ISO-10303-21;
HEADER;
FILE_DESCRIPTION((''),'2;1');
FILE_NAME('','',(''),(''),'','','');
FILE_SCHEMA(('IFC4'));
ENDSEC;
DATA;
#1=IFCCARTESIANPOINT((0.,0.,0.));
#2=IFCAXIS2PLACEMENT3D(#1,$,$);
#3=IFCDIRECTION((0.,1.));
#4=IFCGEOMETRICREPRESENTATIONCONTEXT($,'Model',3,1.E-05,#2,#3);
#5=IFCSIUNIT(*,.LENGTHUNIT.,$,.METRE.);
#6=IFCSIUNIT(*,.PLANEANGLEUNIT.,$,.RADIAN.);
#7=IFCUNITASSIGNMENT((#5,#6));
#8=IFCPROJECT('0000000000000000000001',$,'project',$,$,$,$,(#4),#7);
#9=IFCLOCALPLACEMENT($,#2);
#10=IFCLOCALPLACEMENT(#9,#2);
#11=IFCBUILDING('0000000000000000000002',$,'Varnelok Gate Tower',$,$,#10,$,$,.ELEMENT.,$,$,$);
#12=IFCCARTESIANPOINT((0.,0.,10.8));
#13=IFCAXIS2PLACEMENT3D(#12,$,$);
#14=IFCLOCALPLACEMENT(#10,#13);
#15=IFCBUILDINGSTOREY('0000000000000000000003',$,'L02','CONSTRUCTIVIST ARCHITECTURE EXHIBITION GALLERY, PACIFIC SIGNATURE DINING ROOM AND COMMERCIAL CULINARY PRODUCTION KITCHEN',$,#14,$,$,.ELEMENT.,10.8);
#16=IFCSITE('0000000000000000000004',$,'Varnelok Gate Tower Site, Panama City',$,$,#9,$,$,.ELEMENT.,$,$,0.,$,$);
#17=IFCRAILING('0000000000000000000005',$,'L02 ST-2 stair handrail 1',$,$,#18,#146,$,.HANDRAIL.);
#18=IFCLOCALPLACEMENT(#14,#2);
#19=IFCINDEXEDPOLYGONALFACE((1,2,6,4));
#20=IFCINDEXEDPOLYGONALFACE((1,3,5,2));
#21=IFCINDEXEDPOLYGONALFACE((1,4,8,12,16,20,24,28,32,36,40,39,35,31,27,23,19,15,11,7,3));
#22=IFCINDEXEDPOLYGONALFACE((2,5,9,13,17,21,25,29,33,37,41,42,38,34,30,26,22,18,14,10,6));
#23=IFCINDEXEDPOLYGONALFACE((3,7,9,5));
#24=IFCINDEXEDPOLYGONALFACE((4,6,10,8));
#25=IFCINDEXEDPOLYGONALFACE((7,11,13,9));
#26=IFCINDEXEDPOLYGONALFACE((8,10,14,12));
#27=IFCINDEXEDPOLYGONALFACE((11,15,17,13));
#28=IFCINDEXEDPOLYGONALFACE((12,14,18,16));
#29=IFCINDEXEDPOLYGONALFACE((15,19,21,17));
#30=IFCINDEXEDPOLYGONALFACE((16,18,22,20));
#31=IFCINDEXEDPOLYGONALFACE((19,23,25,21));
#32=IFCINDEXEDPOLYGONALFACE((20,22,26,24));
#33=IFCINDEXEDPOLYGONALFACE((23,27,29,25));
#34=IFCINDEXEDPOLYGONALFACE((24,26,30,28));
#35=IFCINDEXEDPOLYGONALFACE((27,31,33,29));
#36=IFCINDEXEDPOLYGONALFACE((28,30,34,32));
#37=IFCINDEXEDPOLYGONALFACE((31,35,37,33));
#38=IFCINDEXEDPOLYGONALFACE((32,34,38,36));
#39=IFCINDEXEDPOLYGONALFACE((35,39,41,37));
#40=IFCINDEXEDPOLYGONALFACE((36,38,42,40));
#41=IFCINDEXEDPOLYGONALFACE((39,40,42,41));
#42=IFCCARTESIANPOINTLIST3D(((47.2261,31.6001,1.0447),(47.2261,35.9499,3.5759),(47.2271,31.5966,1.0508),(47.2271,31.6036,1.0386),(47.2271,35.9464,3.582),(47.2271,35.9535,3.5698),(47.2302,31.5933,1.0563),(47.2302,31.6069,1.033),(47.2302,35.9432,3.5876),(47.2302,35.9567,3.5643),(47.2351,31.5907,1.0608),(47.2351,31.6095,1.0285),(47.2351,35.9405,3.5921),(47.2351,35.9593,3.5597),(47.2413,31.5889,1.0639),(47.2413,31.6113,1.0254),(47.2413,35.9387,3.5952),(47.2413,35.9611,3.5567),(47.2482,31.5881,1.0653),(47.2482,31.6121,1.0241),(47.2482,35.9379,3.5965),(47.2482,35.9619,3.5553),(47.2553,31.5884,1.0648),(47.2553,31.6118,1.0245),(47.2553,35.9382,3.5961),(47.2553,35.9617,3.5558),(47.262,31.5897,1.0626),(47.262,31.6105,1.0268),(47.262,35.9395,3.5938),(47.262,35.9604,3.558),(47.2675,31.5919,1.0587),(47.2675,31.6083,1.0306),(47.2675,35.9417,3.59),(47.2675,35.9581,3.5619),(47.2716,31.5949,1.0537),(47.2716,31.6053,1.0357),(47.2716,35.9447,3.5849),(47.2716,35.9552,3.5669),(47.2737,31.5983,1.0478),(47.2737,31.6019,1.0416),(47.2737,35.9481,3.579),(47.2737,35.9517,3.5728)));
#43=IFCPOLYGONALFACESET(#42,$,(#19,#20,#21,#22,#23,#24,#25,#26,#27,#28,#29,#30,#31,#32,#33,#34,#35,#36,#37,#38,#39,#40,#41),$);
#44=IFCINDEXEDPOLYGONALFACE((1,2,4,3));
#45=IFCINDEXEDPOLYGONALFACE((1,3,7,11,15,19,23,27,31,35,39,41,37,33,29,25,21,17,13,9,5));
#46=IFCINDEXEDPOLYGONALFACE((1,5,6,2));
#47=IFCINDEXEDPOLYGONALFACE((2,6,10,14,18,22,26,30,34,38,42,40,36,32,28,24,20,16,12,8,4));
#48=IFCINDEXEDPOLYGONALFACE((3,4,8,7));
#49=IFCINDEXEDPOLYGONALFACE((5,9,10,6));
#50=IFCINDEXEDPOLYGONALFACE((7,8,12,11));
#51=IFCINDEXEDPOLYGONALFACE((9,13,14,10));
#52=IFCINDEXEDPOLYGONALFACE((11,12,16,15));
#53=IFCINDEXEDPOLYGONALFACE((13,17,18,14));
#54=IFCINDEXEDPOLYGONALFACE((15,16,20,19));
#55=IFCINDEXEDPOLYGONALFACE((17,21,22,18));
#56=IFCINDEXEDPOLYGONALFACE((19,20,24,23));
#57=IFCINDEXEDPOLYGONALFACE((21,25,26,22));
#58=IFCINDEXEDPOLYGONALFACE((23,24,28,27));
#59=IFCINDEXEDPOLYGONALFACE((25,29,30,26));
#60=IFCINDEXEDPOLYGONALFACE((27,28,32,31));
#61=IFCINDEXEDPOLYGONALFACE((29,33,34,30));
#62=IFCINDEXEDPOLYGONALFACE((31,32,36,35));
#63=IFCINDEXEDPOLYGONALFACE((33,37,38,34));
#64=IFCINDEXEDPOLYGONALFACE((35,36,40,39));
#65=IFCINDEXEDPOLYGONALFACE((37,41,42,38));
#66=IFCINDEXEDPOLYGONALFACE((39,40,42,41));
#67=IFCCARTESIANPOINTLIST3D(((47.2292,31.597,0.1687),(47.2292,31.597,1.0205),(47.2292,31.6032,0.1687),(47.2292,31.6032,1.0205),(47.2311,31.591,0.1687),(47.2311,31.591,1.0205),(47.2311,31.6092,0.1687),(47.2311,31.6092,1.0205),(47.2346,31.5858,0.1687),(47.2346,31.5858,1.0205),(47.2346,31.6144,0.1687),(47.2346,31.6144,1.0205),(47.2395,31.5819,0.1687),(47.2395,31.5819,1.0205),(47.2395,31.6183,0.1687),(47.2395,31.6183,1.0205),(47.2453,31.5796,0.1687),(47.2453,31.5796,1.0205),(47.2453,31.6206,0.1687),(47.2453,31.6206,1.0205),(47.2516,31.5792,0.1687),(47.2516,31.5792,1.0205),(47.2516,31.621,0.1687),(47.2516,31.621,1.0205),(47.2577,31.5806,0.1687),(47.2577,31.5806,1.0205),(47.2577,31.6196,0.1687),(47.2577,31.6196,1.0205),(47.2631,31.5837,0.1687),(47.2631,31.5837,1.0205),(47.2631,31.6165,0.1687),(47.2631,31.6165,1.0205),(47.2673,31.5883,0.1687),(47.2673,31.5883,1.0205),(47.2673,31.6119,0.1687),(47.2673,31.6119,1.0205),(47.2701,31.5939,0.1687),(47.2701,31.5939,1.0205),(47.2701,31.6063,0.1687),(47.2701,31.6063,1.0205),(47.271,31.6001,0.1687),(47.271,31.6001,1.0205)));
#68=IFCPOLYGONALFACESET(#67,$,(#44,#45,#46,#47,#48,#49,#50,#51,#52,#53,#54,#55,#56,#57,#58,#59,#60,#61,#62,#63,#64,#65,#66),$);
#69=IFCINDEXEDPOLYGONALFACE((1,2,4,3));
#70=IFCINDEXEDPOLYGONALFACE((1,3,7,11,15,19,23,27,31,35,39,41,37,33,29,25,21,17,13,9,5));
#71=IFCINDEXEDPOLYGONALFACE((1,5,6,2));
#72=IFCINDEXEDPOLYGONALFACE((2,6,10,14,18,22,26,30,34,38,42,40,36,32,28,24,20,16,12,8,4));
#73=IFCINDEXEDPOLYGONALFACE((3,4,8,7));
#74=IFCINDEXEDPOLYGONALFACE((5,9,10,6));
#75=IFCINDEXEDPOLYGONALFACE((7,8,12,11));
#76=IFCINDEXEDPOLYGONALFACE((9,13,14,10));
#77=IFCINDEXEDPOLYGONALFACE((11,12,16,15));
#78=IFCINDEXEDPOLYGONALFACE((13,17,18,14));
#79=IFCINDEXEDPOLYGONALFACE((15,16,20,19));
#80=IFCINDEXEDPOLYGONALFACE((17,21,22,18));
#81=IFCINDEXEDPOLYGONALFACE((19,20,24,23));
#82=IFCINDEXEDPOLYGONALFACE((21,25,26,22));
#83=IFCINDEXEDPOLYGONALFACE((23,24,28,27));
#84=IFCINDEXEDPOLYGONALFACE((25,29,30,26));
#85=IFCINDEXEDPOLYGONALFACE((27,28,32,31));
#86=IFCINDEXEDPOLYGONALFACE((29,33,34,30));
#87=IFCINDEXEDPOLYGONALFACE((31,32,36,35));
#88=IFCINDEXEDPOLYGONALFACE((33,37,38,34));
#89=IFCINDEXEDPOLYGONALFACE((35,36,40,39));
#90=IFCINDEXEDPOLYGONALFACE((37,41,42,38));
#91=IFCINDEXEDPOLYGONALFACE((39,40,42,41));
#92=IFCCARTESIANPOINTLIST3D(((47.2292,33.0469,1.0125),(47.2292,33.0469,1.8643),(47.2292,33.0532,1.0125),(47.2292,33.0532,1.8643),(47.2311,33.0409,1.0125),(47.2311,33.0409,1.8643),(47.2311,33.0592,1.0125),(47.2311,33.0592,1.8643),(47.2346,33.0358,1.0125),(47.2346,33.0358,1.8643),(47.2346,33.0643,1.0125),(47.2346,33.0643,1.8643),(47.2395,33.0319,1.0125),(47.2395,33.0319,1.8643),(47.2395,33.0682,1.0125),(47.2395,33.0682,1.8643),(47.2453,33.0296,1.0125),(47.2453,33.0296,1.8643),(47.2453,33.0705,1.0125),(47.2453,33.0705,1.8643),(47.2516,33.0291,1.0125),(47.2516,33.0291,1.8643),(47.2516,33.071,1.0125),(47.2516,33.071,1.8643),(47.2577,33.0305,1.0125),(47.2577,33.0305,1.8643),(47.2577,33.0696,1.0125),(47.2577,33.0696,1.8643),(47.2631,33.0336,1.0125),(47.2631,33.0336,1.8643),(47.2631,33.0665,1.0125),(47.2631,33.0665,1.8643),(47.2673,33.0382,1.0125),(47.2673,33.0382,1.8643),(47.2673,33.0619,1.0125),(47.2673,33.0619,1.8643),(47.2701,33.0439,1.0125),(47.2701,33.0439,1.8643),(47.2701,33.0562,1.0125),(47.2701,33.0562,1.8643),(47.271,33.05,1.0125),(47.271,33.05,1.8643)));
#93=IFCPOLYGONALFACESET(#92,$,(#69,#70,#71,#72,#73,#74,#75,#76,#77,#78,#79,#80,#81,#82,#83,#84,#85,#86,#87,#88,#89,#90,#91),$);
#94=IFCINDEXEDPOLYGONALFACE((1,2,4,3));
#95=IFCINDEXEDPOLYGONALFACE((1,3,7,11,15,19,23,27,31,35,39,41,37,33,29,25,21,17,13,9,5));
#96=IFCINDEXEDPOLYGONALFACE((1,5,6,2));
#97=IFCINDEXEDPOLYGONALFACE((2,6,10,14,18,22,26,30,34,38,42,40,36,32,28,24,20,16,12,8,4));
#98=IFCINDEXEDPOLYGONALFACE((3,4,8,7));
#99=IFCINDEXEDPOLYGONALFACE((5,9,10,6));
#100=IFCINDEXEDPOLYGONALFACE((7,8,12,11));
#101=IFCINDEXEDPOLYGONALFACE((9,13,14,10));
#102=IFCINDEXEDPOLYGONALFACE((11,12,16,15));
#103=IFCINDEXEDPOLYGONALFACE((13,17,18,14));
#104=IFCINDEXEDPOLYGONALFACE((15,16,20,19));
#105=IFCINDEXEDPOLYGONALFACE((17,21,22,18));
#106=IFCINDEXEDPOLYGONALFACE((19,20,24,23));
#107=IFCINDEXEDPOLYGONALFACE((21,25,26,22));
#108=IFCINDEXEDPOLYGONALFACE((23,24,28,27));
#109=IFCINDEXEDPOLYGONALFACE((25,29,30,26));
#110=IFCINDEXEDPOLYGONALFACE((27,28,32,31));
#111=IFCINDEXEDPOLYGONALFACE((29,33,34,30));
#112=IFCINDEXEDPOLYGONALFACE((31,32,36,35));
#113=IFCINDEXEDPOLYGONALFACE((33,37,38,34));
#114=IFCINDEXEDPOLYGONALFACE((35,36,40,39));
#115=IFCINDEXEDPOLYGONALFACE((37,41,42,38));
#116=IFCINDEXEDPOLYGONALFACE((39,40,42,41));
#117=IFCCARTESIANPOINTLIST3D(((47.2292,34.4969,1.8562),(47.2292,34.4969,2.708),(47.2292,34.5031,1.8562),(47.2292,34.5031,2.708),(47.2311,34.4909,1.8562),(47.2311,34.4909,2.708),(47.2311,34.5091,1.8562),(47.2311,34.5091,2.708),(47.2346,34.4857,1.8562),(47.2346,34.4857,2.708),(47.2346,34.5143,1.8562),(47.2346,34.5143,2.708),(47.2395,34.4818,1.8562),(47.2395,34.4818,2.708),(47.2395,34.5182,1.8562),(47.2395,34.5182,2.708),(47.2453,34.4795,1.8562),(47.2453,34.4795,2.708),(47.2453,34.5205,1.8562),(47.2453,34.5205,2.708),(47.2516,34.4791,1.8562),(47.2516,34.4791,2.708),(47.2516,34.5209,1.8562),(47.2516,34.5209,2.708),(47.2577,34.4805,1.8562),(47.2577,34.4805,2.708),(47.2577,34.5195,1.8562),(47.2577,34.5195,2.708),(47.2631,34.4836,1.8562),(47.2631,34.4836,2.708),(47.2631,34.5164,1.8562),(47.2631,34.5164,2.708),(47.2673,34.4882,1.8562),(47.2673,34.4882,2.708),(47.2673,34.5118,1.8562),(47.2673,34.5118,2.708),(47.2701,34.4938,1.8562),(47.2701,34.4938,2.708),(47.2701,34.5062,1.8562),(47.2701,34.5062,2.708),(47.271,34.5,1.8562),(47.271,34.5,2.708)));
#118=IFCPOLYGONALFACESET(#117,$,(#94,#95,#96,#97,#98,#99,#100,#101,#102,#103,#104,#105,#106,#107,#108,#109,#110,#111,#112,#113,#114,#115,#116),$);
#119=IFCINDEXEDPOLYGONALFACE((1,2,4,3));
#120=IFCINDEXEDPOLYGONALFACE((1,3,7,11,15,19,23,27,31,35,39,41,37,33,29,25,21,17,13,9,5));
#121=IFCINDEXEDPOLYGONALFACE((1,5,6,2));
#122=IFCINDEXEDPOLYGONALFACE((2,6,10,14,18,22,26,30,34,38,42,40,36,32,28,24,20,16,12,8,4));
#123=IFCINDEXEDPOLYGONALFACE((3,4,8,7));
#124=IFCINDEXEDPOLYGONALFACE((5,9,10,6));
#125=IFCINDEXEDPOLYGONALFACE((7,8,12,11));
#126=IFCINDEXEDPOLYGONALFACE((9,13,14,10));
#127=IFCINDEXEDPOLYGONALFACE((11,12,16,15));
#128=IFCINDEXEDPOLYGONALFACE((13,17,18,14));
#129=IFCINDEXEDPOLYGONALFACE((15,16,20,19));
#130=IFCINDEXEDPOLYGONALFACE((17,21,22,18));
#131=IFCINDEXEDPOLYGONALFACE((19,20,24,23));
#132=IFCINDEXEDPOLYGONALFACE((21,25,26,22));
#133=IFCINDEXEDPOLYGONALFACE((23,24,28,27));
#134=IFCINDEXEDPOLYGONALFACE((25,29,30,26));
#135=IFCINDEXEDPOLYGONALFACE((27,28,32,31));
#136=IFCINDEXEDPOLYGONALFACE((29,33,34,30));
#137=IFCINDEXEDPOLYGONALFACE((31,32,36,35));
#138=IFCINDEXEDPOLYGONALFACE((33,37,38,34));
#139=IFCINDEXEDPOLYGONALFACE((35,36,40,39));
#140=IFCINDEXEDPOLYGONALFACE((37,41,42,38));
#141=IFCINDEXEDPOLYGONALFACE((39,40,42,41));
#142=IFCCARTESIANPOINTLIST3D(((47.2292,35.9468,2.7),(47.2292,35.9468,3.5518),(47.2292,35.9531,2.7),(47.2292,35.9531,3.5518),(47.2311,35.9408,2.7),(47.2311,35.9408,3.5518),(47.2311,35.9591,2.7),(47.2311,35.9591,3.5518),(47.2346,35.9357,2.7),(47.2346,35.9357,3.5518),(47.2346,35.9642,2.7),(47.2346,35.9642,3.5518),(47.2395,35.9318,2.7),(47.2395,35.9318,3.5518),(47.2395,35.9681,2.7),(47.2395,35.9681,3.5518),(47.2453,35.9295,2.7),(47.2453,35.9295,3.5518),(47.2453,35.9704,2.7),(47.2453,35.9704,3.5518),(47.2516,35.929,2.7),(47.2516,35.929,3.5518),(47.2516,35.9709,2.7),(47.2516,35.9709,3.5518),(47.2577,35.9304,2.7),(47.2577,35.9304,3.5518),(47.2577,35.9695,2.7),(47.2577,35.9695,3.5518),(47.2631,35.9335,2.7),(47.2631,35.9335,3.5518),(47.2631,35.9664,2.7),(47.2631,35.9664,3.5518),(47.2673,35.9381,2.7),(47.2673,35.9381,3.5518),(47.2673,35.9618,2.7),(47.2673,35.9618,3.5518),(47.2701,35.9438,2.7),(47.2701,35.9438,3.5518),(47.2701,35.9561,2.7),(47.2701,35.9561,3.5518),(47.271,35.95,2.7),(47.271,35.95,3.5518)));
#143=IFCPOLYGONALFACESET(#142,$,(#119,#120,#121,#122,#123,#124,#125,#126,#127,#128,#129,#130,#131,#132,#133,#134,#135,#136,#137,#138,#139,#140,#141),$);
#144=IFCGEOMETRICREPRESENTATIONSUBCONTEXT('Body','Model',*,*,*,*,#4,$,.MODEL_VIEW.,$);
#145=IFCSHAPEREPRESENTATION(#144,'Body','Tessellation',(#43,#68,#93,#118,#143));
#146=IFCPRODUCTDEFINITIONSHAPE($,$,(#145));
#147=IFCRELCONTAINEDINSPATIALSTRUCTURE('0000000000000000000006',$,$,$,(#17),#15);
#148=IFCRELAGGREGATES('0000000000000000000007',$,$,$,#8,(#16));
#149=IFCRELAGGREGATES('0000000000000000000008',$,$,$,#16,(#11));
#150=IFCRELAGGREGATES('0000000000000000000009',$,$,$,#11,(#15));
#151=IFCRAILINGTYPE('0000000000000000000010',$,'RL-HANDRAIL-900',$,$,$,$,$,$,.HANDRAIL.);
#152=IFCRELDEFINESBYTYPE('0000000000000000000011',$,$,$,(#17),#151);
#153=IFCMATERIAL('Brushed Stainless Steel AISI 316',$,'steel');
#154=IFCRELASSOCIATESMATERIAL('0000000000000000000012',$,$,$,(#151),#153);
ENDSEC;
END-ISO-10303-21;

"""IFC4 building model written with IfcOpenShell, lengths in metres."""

from ifc_helpers import new_model, si_unit, direction, frame, origin, origin_2d, place, context, subcontext, project, spatial, circle, extrude, material, type_object, element, save


model = new_model("IFC4")

# Units and contexts
model_context = context("Model", 3, precision=1e-05, world=origin(), true_north=direction((0.0, 1.0)))
body_context = subcontext(model_context, "Body", "Model", "MODEL_VIEW")
ifc_project = project(units=[si_unit("LENGTHUNIT", "METRE"), si_unit("PLANEANGLEUNIT", "RADIAN")], contexts=[model_context])

# Site, building, storey
site_placement = place(None, origin())
site = spatial("IfcSite", under=ifc_project, at=site_placement, Name="Varnelok Gate Tower Site, Panama City", CompositionType="ELEMENT", RefElevation=0.0)
building_placement = place(site_placement, origin())
building = spatial("IfcBuilding", under=site, at=building_placement, Name="Varnelok Gate Tower", CompositionType="ELEMENT")
storey_placement = place(building_placement, frame((0.0, 0.0, 10.8)))
storey = spatial("IfcBuildingStorey", under=building, at=storey_placement, Name="L02", Description="CONSTRUCTIVIST ARCHITECTURE EXHIBITION GALLERY, PACIFIC SIGNATURE DINING ROOM AND COMMERCIAL CULINARY PRODUCTION KITCHEN", CompositionType="ELEMENT", Elevation=10.8)

# Railing
ifc_material_1 = material(Name="Brushed Stainless Steel AISI 316", Category="steel")
railing_type_1 = type_object("IfcRailingType", Name="RL-HANDRAIL-900", PredefinedType="HANDRAIL", material=ifc_material_1)
railing_1_placement = place(storey_placement, frame((47.25, 31.6001, 0.1687)))
element("IfcRailing", 1, at=railing_1_placement, inside=storey, type_object=railing_type_1, Name="L02 ST-2 stair handrail 1", PredefinedType="HANDRAIL", context=body_context, shape_type="SweptSolid", body=[
    extrude(circle(Radius=0.0239, at=origin_2d()), frame((0.0, 0.0, 0.876), z_axis=(0.0, 0.864312, 0.502957), x_axis=(-1.0, 0.0, 0.0)), (0.0, 0.0, 1.0), 5.0327),
    extrude(circle(Radius=0.021, at=origin_2d()), origin(), (0.0, 0.0, 1.0), 0.8518),
    extrude(circle(Radius=0.021, at=origin_2d()), frame((0.0, 1.45, 0.8438)), (0.0, 0.0, 1.0), 0.8518),
    extrude(circle(Radius=0.021, at=origin_2d()), frame((0.0, 2.8999, 1.6875)), (0.0, 0.0, 1.0), 0.8518),
    extrude(circle(Radius=0.021, at=origin_2d()), frame((0.0, 4.3499, 2.5312)), (0.0, 0.0, 1.0), 0.8518),
])

save(model, "model.ifc")
